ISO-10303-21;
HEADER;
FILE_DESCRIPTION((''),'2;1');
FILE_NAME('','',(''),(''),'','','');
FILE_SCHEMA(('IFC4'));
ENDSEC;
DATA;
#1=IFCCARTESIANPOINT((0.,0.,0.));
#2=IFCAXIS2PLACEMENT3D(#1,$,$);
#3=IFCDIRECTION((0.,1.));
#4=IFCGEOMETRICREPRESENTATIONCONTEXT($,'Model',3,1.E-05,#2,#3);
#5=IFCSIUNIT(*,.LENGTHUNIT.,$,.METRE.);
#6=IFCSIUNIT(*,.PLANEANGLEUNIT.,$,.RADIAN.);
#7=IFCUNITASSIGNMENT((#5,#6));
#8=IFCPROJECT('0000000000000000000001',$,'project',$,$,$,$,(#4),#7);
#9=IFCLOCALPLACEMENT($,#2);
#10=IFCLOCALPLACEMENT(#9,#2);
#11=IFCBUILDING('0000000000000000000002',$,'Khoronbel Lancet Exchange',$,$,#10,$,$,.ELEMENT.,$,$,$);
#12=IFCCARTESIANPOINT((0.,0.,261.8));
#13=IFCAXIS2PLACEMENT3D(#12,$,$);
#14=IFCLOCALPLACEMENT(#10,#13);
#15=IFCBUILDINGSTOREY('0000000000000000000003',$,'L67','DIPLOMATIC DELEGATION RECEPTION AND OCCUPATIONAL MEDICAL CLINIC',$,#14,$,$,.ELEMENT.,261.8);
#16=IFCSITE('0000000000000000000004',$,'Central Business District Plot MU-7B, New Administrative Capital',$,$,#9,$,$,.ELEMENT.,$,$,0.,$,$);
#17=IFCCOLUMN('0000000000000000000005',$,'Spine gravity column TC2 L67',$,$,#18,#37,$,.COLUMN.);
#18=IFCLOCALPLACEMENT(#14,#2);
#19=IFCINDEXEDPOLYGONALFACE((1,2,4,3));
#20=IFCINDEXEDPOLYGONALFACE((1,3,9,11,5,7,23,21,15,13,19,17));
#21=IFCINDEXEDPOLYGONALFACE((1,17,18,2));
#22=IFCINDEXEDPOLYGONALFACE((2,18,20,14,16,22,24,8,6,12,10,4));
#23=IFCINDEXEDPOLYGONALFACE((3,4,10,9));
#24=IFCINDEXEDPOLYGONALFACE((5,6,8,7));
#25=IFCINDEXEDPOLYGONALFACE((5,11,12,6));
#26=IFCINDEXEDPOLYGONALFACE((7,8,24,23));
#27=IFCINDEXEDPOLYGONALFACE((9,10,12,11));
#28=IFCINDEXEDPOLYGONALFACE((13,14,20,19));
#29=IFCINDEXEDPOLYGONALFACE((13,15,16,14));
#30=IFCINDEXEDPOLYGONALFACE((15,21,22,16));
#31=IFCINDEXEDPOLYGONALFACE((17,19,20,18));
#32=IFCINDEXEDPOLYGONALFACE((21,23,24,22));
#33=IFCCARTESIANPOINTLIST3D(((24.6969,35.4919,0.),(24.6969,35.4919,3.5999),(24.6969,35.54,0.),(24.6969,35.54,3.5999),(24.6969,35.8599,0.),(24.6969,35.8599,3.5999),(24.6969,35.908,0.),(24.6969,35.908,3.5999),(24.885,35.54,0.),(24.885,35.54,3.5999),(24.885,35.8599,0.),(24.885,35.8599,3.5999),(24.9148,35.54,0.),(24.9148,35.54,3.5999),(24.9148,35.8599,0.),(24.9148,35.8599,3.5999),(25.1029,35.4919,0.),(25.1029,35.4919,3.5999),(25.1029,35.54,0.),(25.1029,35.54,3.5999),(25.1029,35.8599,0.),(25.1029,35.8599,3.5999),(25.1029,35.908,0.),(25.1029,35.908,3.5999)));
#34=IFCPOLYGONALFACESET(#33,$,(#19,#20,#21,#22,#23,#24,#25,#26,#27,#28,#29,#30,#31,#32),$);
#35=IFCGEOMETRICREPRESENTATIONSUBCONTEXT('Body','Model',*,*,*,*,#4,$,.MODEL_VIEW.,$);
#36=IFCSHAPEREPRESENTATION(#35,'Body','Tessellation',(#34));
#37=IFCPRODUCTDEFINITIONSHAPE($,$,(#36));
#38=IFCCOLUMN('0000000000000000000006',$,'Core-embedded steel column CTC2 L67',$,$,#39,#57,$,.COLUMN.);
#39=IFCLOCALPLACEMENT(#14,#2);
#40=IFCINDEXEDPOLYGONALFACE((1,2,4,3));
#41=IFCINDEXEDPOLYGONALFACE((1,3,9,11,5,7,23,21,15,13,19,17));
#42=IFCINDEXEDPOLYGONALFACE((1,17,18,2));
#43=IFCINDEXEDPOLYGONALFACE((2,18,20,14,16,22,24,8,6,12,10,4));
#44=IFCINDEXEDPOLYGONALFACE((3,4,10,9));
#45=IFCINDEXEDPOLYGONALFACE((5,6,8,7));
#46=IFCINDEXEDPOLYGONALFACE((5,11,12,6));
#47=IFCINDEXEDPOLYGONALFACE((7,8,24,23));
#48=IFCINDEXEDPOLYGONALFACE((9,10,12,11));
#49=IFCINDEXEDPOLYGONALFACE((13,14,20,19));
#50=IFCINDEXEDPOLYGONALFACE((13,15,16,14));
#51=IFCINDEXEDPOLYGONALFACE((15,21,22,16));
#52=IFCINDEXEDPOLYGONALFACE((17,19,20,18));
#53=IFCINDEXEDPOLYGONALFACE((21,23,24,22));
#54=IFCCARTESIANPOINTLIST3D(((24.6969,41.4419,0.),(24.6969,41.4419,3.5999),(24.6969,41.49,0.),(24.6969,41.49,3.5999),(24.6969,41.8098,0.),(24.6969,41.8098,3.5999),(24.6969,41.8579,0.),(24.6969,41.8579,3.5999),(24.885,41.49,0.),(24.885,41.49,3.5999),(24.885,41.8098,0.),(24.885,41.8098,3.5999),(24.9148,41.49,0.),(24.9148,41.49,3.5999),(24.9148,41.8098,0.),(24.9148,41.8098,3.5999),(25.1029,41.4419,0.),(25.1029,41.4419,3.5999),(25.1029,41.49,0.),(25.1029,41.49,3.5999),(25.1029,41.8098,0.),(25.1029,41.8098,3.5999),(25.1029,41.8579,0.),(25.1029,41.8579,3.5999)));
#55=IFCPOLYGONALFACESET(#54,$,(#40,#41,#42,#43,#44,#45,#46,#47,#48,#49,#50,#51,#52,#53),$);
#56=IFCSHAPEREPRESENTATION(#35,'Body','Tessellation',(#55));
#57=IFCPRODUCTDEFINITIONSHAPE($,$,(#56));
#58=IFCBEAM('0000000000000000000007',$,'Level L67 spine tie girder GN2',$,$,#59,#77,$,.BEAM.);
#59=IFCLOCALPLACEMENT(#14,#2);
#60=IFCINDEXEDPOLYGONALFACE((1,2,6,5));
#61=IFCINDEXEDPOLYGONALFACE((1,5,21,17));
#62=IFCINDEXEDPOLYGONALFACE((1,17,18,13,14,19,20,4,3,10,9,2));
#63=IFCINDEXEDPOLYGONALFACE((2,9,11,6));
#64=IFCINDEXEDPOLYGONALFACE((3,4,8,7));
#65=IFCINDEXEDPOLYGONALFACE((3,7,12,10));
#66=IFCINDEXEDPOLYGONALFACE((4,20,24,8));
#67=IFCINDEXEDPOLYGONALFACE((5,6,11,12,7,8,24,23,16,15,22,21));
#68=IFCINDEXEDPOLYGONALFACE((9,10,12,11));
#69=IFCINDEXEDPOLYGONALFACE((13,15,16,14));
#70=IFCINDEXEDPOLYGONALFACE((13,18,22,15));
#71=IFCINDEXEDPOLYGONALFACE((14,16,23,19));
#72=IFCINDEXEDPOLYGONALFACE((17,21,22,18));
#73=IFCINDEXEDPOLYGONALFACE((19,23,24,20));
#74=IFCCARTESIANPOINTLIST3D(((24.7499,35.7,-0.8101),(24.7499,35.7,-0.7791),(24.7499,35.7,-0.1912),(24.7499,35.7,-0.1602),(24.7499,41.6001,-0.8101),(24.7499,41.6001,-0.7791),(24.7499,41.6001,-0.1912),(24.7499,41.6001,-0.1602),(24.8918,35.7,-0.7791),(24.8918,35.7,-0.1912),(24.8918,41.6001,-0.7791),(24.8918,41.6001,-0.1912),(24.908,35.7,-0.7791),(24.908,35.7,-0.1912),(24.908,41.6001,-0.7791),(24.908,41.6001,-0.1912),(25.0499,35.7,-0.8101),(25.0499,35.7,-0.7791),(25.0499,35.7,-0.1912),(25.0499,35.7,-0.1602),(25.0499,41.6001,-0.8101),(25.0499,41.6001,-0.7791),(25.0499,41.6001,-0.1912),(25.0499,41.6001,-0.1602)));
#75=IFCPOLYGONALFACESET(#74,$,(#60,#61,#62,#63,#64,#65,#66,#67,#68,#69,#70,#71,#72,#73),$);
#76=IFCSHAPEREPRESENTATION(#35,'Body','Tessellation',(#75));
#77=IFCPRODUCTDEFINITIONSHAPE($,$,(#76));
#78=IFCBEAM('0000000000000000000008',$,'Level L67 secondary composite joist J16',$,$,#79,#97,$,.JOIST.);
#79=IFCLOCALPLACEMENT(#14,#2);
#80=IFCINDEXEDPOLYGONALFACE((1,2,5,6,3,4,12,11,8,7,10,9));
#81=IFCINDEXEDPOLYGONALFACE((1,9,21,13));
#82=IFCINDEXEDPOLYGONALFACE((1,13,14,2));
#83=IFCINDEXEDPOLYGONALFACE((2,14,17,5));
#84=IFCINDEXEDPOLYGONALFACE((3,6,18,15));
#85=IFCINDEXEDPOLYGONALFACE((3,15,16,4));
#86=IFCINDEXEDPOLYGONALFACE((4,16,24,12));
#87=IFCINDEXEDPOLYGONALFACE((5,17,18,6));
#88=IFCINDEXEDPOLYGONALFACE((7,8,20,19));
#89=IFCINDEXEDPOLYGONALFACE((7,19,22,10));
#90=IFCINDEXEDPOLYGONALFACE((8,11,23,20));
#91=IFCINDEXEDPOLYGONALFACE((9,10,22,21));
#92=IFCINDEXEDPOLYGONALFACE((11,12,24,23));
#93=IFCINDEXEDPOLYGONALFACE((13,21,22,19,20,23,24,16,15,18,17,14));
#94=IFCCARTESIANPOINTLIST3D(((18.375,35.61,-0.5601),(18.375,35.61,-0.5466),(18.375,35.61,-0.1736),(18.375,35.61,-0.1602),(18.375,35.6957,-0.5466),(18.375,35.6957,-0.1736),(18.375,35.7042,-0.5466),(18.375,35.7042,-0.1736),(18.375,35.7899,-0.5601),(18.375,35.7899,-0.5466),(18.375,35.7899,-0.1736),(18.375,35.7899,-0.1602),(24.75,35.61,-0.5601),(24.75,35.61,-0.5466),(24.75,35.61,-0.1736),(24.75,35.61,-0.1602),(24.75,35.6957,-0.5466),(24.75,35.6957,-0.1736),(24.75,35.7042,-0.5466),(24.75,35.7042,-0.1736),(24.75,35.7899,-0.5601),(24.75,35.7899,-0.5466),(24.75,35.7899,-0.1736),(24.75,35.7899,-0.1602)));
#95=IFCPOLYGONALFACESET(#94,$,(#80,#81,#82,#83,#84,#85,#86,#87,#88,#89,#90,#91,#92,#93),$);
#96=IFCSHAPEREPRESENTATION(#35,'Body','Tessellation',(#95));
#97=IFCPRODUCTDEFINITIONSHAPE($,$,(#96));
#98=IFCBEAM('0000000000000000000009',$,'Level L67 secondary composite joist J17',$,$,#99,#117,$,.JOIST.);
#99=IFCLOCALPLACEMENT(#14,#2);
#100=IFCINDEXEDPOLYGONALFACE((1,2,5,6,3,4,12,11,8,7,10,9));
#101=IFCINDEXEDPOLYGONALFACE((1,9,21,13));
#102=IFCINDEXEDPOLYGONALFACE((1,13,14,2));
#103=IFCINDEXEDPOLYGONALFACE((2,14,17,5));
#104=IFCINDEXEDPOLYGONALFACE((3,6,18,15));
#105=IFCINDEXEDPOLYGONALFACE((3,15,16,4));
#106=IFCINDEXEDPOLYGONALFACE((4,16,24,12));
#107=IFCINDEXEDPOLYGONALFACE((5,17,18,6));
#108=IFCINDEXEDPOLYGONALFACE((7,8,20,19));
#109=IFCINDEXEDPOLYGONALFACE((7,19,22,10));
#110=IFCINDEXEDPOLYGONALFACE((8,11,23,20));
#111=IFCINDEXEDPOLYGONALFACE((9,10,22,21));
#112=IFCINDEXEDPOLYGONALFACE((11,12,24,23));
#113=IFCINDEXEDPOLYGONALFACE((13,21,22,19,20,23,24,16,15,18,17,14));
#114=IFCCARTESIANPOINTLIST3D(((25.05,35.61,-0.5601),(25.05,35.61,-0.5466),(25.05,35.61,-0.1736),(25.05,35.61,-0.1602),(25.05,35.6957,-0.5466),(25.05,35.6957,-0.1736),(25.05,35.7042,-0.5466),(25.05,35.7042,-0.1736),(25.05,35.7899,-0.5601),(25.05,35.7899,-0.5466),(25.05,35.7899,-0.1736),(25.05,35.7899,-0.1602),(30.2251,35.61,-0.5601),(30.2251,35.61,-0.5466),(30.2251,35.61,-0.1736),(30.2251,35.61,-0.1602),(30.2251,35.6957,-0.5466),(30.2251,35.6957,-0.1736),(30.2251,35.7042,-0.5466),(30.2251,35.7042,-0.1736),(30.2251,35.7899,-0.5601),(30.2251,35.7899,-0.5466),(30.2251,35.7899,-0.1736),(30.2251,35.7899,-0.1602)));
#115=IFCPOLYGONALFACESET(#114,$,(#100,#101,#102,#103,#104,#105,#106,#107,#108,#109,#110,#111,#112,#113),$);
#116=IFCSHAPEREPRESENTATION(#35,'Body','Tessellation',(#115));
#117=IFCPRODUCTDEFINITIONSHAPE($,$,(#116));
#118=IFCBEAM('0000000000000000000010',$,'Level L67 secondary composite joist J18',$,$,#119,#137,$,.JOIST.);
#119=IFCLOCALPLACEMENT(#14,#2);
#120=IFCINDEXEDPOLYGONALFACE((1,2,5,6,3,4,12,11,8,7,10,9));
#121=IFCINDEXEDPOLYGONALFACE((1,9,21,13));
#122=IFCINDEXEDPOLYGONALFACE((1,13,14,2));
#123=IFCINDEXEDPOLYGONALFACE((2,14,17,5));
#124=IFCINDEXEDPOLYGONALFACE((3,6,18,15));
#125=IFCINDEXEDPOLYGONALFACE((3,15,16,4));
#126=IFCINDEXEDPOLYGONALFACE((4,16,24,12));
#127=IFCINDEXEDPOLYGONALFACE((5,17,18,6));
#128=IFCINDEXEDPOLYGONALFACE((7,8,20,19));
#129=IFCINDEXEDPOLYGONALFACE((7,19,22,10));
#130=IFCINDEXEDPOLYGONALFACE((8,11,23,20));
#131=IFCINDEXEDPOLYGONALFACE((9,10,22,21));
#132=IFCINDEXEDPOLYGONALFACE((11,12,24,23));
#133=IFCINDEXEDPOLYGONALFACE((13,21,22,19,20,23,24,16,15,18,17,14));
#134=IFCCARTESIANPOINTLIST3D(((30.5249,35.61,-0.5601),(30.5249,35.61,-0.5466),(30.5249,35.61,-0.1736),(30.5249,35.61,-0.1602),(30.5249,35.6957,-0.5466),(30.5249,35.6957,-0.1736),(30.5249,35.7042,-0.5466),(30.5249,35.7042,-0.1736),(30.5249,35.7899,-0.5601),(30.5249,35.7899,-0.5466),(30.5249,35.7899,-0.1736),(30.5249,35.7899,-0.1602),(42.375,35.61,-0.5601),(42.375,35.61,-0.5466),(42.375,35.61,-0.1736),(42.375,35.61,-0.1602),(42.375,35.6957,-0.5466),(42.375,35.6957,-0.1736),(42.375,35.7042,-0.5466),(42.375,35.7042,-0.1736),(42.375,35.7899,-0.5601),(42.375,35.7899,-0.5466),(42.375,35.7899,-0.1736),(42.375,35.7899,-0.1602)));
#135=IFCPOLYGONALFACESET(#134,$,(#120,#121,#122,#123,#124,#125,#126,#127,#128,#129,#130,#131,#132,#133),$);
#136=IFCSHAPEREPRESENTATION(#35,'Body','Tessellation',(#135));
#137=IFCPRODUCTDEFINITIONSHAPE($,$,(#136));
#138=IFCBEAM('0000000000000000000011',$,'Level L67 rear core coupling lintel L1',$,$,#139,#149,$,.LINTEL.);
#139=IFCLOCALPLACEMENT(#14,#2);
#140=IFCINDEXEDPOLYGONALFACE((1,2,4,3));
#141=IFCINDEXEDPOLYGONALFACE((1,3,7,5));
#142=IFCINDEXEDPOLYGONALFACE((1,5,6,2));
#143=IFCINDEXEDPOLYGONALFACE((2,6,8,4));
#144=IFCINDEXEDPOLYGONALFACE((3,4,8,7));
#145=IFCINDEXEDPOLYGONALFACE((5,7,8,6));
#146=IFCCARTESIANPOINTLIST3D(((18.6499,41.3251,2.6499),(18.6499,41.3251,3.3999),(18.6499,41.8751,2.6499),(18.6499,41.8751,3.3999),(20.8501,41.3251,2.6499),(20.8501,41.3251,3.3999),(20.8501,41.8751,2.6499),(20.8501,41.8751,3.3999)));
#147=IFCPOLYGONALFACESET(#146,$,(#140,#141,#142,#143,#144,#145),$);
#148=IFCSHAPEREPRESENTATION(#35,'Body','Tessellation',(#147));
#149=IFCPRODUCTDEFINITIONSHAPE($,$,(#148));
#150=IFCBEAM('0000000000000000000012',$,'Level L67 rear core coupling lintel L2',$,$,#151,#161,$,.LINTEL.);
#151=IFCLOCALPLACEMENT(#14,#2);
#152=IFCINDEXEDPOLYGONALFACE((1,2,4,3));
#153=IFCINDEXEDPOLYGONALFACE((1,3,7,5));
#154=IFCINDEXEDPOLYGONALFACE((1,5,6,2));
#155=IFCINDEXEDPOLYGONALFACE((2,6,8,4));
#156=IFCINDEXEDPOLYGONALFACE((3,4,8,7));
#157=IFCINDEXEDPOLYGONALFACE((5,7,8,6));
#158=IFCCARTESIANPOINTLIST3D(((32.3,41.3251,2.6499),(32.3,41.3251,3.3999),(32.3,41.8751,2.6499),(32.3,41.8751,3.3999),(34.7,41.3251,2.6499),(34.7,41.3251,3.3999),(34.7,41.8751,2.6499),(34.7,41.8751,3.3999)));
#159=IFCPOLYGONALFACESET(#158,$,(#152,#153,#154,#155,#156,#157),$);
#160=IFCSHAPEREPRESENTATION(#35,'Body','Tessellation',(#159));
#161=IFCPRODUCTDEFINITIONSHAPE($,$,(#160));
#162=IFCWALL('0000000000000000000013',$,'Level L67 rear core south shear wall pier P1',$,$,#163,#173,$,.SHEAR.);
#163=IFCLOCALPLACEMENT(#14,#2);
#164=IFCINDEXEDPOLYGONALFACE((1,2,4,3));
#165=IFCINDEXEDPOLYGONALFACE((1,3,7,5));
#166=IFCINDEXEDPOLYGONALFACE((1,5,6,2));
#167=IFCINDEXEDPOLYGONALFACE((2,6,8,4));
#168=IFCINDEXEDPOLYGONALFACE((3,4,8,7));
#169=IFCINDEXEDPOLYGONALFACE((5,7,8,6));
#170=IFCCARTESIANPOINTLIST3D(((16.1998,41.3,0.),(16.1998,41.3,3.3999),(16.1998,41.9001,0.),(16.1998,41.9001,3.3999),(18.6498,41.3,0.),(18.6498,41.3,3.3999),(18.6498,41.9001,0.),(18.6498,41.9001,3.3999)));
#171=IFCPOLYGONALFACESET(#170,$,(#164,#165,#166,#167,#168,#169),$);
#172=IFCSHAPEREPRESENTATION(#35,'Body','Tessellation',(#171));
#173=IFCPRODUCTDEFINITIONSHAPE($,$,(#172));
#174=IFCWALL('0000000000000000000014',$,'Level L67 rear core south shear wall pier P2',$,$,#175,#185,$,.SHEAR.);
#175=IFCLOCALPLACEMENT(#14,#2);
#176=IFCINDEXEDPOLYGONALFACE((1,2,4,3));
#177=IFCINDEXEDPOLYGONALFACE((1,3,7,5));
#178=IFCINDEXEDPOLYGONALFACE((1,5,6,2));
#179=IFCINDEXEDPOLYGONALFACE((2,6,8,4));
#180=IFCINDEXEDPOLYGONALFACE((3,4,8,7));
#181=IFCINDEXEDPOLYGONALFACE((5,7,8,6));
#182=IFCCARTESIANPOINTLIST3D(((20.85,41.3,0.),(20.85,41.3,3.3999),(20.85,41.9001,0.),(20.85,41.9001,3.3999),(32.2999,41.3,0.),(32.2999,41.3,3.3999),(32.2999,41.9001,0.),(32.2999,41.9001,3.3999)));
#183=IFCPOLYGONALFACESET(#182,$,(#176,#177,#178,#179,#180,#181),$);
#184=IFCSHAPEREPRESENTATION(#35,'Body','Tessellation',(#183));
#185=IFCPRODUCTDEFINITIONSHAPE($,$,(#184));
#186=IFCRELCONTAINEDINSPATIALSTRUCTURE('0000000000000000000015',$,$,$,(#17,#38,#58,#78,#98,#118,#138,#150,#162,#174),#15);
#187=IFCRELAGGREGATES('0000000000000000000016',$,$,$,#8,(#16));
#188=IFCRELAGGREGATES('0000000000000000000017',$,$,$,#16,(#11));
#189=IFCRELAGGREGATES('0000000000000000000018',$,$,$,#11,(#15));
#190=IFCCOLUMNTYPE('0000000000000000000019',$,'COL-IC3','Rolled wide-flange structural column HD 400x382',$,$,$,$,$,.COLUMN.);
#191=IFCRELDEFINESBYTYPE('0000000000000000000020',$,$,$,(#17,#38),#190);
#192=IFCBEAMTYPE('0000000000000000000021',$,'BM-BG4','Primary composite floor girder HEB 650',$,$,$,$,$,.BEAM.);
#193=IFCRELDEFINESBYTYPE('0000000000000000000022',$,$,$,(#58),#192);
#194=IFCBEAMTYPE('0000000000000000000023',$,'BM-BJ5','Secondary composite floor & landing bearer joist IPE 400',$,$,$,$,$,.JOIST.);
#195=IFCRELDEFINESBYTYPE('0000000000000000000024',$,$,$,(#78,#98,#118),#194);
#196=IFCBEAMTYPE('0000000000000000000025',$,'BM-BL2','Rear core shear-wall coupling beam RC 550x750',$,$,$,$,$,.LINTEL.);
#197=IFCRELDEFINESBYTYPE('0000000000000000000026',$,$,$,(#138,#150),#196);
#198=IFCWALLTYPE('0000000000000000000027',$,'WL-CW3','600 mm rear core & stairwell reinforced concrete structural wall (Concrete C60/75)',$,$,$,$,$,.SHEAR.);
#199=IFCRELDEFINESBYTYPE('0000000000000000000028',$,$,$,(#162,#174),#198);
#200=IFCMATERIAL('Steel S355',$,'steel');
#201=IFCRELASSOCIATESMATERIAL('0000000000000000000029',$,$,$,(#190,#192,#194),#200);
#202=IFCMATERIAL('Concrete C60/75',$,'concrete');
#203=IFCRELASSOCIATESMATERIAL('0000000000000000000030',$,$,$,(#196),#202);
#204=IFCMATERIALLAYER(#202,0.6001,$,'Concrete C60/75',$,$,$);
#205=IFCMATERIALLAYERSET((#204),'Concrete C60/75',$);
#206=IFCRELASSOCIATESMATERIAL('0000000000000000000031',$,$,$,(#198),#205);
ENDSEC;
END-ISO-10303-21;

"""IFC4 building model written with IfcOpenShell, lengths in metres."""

from ifc_helpers import new_model, si_unit, direction, frame, frame_2d, origin, origin_2d, place, context, subcontext, project, spatial, rectangle, i_section, extrude, material, layer, layer_set, material_profile, profile_set, type_object, element, save


model = new_model("IFC4")

# Units and contexts
model_context = context("Model", 3, precision=1e-05, world=origin(), true_north=direction((0.0, 1.0)))
body_context = subcontext(model_context, "Body", "Model", "MODEL_VIEW")
ifc_project = project(units=[si_unit("LENGTHUNIT", "METRE"), si_unit("PLANEANGLEUNIT", "RADIAN")], contexts=[model_context])

# Site, building, storey
site_placement = place(None, origin())
site = spatial("IfcSite", under=ifc_project, at=site_placement, Name="Central Business District Plot MU-7B, New Administrative Capital", CompositionType="ELEMENT", RefElevation=0.0)
building_placement = place(site_placement, origin())
building = spatial("IfcBuilding", under=site, at=building_placement, Name="Khoronbel Lancet Exchange", CompositionType="ELEMENT")
storey_placement = place(building_placement, frame((0.0, 0.0, 261.8)))
storey = spatial("IfcBuildingStorey", under=building, at=storey_placement, Name="L67", Description="DIPLOMATIC DELEGATION RECEPTION AND OCCUPATIONAL MEDICAL CLINIC", CompositionType="ELEMENT", Elevation=261.8)

# Columns
ifc_material_1 = material(Name="Steel S355", Category="steel")
ifc_material_profile_1 = material_profile(ifc_material_1, i_section(OverallWidth=0.406, OverallDepth=0.416, WebThickness=0.0298, FlangeThickness=0.0481, at=origin_2d()), Name="HD 400x382")
ifc_profile_set_1 = profile_set([ifc_material_profile_1], Name="Steel S355")
column_type = type_object("IfcColumnType", Name="COL-IC3", Description="Rolled wide-flange structural column HD 400x382", PredefinedType="COLUMN", material=ifc_profile_set_1)
for number, where, z_axis, x_axis, name in (
    (1, (24.8999, 35.7, 0.0), (0.0, 0.0, 1.0), (1.0, 0.0, 0.0), "Spine gravity column TC2 L67"),
    (2, (24.8999, 41.6499, 0.0), (0.0, 0.0, 1.0), (1.0, 0.0, 0.0), "Core-embedded steel column CTC2 L67"),
):
    element("IfcColumn", number, at=place(storey_placement, frame(where, z_axis=z_axis, x_axis=x_axis)), inside=storey, type_object=column_type, Name=name, PredefinedType="COLUMN", context=body_context, shape_type="SweptSolid", body=[
        extrude(i_section(OverallWidth=0.406, OverallDepth=0.416, WebThickness=0.0298, FlangeThickness=0.0481, at=origin_2d()), origin(), (0.0, 0.0, 1.0), 3.5999),
    ])

# Beams
ifc_material_profile_2 = material_profile(ifc_material_1, i_section(OverallWidth=0.3, OverallDepth=0.6499, WebThickness=0.0161, FlangeThickness=0.031, at=origin_2d()), Name="HEB 650")
ifc_profile_set_2 = profile_set([ifc_material_profile_2], Name="Steel S355")
beam_type_1 = type_object("IfcBeamType", Name="BM-BG4", Description="Primary composite floor girder HEB 650", PredefinedType="BEAM", material=ifc_profile_set_2)
beam_1_placement = place(storey_placement, frame((24.8999, 35.7, -0.4851), z_axis=(0.0, 1.0, 0.0), x_axis=(-1.0, 0.0, 0.0)))
element("IfcBeam", 3, at=beam_1_placement, inside=storey, type_object=beam_type_1, Name="Level L67 spine tie girder GN2", PredefinedType="BEAM", context=body_context, shape_type="SweptSolid", body=[
    extrude(i_section(OverallWidth=0.3, OverallDepth=0.6499, WebThickness=0.0161, FlangeThickness=0.031, at=origin_2d()), origin(), (0.0, 0.0, 1.0), 5.9001),
])
ifc_material_profile_3 = material_profile(ifc_material_1, i_section(OverallWidth=0.1799, OverallDepth=0.3999, WebThickness=0.0085, FlangeThickness=0.0134, at=origin_2d()), Name="IPE 400")
ifc_profile_set_3 = profile_set([ifc_material_profile_3], Name="Steel S355")
beam_type_2 = type_object("IfcBeamType", Name="BM-BJ5", Description="Secondary composite floor & landing bearer joist IPE 400", PredefinedType="JOIST", material=ifc_profile_set_3)
beam_2_placement = place(storey_placement, frame((18.375, 35.7, -0.3601), z_axis=(1.0, 0.0, 0.0), x_axis=(0.0, 1.0, 0.0)))
element("IfcBeam", 4, at=beam_2_placement, inside=storey, type_object=beam_type_2, Name="Level L67 secondary composite joist J16", PredefinedType="JOIST", context=body_context, shape_type="SweptSolid", body=[
    extrude(i_section(OverallWidth=0.1799, OverallDepth=0.3999, WebThickness=0.0085, FlangeThickness=0.0134, at=origin_2d()), origin(), (0.0, 0.0, 1.0), 6.375),
])
beam_3_placement = place(storey_placement, frame((25.05, 35.7, -0.3601), z_axis=(1.0, 0.0, 0.0), x_axis=(0.0, 1.0, 0.0)))
element("IfcBeam", 5, at=beam_3_placement, inside=storey, type_object=beam_type_2, Name="Level L67 secondary composite joist J17", PredefinedType="JOIST", context=body_context, shape_type="SweptSolid", body=[
    extrude(i_section(OverallWidth=0.1799, OverallDepth=0.3999, WebThickness=0.0085, FlangeThickness=0.0134, at=origin_2d()), origin(), (0.0, 0.0, 1.0), 5.175),
])
beam_4_placement = place(storey_placement, frame((30.5249, 35.7, -0.3601), z_axis=(1.0, 0.0, 0.0), x_axis=(0.0, 1.0, 0.0)))
element("IfcBeam", 6, at=beam_4_placement, inside=storey, type_object=beam_type_2, Name="Level L67 secondary composite joist J18", PredefinedType="JOIST", context=body_context, shape_type="SweptSolid", body=[
    extrude(i_section(OverallWidth=0.1799, OverallDepth=0.3999, WebThickness=0.0085, FlangeThickness=0.0134, at=origin_2d()), origin(), (0.0, 0.0, 1.0), 11.8501),
])
ifc_material_2 = material(Name="Concrete C60/75", Category="concrete")
ifc_material_profile_4 = material_profile(ifc_material_2, rectangle(XDim=0.55, YDim=0.75, at=origin_2d()), Name="RC 550x750")
ifc_profile_set_4 = profile_set([ifc_material_profile_4], Name="Concrete C60/75")
beam_type_3 = type_object("IfcBeamType", Name="BM-BL2", Description="Rear core shear-wall coupling beam RC 550x750", PredefinedType="LINTEL", material=ifc_profile_set_4)
beam_5_placement = place(storey_placement, frame((18.6499, 41.6001, 3.0249), z_axis=(1.0, 0.0, 0.0), x_axis=(0.0, 1.0, 0.0)))
element("IfcBeam", 7, at=beam_5_placement, inside=storey, type_object=beam_type_3, Name="Level L67 rear core coupling lintel L1", PredefinedType="LINTEL", context=body_context, shape_type="SweptSolid", body=[
    extrude(rectangle(XDim=0.55, YDim=0.75, at=origin_2d()), origin(), (0.0, 0.0, 1.0), 2.2002),
])
beam_6_placement = place(storey_placement, frame((32.3, 41.6001, 3.0249), z_axis=(1.0, 0.0, 0.0), x_axis=(0.0, 1.0, 0.0)))
element("IfcBeam", 8, at=beam_6_placement, inside=storey, type_object=beam_type_3, Name="Level L67 rear core coupling lintel L2", PredefinedType="LINTEL", context=body_context, shape_type="SweptSolid", body=[
    extrude(rectangle(XDim=0.55, YDim=0.75, at=origin_2d()), origin(), (0.0, 0.0, 1.0), 2.3999),
])

# Walls
ifc_layer_1 = layer(ifc_material_2, 0.6001, Name="Concrete C60/75")
ifc_layer_set_1 = layer_set([ifc_layer_1], Name="Concrete C60/75")
wall_type_1 = type_object("IfcWallType", Name="WL-CW3", Description="600 mm rear core & stairwell reinforced concrete structural wall (Concrete C60/75)", PredefinedType="SHEAR", material=ifc_layer_set_1)
wall_1_placement = place(storey_placement, frame((18.6499, 41.6001, 0.0), z_axis=(0.0, 0.0, 1.0), x_axis=(-1.0, 0.0, 0.0)))
element("IfcWall", 9, at=wall_1_placement, inside=storey, type_object=wall_type_1, Name="Level L67 rear core south shear wall pier P1", PredefinedType="SHEAR", context=body_context, shape_type="SweptSolid", body=[
    extrude(rectangle(XDim=2.45, YDim=0.6001, at=frame_2d((1.2251, 0.0))), origin(), (0.0, 0.0, 1.0), 3.3999),
])
wall_2_placement = place(storey_placement, frame((32.3, 41.6001, 0.0), z_axis=(0.0, 0.0, 1.0), x_axis=(-1.0, 0.0, 0.0)))
element("IfcWall", 10, at=wall_2_placement, inside=storey, type_object=wall_type_1, Name="Level L67 rear core south shear wall pier P2", PredefinedType="SHEAR", context=body_context, shape_type="SweptSolid", body=[
    extrude(rectangle(XDim=11.45, YDim=0.6001, at=frame_2d((5.7251, 0.0))), origin(), (0.0, 0.0, 1.0), 3.3999),
])

save(model, "model.ifc")
